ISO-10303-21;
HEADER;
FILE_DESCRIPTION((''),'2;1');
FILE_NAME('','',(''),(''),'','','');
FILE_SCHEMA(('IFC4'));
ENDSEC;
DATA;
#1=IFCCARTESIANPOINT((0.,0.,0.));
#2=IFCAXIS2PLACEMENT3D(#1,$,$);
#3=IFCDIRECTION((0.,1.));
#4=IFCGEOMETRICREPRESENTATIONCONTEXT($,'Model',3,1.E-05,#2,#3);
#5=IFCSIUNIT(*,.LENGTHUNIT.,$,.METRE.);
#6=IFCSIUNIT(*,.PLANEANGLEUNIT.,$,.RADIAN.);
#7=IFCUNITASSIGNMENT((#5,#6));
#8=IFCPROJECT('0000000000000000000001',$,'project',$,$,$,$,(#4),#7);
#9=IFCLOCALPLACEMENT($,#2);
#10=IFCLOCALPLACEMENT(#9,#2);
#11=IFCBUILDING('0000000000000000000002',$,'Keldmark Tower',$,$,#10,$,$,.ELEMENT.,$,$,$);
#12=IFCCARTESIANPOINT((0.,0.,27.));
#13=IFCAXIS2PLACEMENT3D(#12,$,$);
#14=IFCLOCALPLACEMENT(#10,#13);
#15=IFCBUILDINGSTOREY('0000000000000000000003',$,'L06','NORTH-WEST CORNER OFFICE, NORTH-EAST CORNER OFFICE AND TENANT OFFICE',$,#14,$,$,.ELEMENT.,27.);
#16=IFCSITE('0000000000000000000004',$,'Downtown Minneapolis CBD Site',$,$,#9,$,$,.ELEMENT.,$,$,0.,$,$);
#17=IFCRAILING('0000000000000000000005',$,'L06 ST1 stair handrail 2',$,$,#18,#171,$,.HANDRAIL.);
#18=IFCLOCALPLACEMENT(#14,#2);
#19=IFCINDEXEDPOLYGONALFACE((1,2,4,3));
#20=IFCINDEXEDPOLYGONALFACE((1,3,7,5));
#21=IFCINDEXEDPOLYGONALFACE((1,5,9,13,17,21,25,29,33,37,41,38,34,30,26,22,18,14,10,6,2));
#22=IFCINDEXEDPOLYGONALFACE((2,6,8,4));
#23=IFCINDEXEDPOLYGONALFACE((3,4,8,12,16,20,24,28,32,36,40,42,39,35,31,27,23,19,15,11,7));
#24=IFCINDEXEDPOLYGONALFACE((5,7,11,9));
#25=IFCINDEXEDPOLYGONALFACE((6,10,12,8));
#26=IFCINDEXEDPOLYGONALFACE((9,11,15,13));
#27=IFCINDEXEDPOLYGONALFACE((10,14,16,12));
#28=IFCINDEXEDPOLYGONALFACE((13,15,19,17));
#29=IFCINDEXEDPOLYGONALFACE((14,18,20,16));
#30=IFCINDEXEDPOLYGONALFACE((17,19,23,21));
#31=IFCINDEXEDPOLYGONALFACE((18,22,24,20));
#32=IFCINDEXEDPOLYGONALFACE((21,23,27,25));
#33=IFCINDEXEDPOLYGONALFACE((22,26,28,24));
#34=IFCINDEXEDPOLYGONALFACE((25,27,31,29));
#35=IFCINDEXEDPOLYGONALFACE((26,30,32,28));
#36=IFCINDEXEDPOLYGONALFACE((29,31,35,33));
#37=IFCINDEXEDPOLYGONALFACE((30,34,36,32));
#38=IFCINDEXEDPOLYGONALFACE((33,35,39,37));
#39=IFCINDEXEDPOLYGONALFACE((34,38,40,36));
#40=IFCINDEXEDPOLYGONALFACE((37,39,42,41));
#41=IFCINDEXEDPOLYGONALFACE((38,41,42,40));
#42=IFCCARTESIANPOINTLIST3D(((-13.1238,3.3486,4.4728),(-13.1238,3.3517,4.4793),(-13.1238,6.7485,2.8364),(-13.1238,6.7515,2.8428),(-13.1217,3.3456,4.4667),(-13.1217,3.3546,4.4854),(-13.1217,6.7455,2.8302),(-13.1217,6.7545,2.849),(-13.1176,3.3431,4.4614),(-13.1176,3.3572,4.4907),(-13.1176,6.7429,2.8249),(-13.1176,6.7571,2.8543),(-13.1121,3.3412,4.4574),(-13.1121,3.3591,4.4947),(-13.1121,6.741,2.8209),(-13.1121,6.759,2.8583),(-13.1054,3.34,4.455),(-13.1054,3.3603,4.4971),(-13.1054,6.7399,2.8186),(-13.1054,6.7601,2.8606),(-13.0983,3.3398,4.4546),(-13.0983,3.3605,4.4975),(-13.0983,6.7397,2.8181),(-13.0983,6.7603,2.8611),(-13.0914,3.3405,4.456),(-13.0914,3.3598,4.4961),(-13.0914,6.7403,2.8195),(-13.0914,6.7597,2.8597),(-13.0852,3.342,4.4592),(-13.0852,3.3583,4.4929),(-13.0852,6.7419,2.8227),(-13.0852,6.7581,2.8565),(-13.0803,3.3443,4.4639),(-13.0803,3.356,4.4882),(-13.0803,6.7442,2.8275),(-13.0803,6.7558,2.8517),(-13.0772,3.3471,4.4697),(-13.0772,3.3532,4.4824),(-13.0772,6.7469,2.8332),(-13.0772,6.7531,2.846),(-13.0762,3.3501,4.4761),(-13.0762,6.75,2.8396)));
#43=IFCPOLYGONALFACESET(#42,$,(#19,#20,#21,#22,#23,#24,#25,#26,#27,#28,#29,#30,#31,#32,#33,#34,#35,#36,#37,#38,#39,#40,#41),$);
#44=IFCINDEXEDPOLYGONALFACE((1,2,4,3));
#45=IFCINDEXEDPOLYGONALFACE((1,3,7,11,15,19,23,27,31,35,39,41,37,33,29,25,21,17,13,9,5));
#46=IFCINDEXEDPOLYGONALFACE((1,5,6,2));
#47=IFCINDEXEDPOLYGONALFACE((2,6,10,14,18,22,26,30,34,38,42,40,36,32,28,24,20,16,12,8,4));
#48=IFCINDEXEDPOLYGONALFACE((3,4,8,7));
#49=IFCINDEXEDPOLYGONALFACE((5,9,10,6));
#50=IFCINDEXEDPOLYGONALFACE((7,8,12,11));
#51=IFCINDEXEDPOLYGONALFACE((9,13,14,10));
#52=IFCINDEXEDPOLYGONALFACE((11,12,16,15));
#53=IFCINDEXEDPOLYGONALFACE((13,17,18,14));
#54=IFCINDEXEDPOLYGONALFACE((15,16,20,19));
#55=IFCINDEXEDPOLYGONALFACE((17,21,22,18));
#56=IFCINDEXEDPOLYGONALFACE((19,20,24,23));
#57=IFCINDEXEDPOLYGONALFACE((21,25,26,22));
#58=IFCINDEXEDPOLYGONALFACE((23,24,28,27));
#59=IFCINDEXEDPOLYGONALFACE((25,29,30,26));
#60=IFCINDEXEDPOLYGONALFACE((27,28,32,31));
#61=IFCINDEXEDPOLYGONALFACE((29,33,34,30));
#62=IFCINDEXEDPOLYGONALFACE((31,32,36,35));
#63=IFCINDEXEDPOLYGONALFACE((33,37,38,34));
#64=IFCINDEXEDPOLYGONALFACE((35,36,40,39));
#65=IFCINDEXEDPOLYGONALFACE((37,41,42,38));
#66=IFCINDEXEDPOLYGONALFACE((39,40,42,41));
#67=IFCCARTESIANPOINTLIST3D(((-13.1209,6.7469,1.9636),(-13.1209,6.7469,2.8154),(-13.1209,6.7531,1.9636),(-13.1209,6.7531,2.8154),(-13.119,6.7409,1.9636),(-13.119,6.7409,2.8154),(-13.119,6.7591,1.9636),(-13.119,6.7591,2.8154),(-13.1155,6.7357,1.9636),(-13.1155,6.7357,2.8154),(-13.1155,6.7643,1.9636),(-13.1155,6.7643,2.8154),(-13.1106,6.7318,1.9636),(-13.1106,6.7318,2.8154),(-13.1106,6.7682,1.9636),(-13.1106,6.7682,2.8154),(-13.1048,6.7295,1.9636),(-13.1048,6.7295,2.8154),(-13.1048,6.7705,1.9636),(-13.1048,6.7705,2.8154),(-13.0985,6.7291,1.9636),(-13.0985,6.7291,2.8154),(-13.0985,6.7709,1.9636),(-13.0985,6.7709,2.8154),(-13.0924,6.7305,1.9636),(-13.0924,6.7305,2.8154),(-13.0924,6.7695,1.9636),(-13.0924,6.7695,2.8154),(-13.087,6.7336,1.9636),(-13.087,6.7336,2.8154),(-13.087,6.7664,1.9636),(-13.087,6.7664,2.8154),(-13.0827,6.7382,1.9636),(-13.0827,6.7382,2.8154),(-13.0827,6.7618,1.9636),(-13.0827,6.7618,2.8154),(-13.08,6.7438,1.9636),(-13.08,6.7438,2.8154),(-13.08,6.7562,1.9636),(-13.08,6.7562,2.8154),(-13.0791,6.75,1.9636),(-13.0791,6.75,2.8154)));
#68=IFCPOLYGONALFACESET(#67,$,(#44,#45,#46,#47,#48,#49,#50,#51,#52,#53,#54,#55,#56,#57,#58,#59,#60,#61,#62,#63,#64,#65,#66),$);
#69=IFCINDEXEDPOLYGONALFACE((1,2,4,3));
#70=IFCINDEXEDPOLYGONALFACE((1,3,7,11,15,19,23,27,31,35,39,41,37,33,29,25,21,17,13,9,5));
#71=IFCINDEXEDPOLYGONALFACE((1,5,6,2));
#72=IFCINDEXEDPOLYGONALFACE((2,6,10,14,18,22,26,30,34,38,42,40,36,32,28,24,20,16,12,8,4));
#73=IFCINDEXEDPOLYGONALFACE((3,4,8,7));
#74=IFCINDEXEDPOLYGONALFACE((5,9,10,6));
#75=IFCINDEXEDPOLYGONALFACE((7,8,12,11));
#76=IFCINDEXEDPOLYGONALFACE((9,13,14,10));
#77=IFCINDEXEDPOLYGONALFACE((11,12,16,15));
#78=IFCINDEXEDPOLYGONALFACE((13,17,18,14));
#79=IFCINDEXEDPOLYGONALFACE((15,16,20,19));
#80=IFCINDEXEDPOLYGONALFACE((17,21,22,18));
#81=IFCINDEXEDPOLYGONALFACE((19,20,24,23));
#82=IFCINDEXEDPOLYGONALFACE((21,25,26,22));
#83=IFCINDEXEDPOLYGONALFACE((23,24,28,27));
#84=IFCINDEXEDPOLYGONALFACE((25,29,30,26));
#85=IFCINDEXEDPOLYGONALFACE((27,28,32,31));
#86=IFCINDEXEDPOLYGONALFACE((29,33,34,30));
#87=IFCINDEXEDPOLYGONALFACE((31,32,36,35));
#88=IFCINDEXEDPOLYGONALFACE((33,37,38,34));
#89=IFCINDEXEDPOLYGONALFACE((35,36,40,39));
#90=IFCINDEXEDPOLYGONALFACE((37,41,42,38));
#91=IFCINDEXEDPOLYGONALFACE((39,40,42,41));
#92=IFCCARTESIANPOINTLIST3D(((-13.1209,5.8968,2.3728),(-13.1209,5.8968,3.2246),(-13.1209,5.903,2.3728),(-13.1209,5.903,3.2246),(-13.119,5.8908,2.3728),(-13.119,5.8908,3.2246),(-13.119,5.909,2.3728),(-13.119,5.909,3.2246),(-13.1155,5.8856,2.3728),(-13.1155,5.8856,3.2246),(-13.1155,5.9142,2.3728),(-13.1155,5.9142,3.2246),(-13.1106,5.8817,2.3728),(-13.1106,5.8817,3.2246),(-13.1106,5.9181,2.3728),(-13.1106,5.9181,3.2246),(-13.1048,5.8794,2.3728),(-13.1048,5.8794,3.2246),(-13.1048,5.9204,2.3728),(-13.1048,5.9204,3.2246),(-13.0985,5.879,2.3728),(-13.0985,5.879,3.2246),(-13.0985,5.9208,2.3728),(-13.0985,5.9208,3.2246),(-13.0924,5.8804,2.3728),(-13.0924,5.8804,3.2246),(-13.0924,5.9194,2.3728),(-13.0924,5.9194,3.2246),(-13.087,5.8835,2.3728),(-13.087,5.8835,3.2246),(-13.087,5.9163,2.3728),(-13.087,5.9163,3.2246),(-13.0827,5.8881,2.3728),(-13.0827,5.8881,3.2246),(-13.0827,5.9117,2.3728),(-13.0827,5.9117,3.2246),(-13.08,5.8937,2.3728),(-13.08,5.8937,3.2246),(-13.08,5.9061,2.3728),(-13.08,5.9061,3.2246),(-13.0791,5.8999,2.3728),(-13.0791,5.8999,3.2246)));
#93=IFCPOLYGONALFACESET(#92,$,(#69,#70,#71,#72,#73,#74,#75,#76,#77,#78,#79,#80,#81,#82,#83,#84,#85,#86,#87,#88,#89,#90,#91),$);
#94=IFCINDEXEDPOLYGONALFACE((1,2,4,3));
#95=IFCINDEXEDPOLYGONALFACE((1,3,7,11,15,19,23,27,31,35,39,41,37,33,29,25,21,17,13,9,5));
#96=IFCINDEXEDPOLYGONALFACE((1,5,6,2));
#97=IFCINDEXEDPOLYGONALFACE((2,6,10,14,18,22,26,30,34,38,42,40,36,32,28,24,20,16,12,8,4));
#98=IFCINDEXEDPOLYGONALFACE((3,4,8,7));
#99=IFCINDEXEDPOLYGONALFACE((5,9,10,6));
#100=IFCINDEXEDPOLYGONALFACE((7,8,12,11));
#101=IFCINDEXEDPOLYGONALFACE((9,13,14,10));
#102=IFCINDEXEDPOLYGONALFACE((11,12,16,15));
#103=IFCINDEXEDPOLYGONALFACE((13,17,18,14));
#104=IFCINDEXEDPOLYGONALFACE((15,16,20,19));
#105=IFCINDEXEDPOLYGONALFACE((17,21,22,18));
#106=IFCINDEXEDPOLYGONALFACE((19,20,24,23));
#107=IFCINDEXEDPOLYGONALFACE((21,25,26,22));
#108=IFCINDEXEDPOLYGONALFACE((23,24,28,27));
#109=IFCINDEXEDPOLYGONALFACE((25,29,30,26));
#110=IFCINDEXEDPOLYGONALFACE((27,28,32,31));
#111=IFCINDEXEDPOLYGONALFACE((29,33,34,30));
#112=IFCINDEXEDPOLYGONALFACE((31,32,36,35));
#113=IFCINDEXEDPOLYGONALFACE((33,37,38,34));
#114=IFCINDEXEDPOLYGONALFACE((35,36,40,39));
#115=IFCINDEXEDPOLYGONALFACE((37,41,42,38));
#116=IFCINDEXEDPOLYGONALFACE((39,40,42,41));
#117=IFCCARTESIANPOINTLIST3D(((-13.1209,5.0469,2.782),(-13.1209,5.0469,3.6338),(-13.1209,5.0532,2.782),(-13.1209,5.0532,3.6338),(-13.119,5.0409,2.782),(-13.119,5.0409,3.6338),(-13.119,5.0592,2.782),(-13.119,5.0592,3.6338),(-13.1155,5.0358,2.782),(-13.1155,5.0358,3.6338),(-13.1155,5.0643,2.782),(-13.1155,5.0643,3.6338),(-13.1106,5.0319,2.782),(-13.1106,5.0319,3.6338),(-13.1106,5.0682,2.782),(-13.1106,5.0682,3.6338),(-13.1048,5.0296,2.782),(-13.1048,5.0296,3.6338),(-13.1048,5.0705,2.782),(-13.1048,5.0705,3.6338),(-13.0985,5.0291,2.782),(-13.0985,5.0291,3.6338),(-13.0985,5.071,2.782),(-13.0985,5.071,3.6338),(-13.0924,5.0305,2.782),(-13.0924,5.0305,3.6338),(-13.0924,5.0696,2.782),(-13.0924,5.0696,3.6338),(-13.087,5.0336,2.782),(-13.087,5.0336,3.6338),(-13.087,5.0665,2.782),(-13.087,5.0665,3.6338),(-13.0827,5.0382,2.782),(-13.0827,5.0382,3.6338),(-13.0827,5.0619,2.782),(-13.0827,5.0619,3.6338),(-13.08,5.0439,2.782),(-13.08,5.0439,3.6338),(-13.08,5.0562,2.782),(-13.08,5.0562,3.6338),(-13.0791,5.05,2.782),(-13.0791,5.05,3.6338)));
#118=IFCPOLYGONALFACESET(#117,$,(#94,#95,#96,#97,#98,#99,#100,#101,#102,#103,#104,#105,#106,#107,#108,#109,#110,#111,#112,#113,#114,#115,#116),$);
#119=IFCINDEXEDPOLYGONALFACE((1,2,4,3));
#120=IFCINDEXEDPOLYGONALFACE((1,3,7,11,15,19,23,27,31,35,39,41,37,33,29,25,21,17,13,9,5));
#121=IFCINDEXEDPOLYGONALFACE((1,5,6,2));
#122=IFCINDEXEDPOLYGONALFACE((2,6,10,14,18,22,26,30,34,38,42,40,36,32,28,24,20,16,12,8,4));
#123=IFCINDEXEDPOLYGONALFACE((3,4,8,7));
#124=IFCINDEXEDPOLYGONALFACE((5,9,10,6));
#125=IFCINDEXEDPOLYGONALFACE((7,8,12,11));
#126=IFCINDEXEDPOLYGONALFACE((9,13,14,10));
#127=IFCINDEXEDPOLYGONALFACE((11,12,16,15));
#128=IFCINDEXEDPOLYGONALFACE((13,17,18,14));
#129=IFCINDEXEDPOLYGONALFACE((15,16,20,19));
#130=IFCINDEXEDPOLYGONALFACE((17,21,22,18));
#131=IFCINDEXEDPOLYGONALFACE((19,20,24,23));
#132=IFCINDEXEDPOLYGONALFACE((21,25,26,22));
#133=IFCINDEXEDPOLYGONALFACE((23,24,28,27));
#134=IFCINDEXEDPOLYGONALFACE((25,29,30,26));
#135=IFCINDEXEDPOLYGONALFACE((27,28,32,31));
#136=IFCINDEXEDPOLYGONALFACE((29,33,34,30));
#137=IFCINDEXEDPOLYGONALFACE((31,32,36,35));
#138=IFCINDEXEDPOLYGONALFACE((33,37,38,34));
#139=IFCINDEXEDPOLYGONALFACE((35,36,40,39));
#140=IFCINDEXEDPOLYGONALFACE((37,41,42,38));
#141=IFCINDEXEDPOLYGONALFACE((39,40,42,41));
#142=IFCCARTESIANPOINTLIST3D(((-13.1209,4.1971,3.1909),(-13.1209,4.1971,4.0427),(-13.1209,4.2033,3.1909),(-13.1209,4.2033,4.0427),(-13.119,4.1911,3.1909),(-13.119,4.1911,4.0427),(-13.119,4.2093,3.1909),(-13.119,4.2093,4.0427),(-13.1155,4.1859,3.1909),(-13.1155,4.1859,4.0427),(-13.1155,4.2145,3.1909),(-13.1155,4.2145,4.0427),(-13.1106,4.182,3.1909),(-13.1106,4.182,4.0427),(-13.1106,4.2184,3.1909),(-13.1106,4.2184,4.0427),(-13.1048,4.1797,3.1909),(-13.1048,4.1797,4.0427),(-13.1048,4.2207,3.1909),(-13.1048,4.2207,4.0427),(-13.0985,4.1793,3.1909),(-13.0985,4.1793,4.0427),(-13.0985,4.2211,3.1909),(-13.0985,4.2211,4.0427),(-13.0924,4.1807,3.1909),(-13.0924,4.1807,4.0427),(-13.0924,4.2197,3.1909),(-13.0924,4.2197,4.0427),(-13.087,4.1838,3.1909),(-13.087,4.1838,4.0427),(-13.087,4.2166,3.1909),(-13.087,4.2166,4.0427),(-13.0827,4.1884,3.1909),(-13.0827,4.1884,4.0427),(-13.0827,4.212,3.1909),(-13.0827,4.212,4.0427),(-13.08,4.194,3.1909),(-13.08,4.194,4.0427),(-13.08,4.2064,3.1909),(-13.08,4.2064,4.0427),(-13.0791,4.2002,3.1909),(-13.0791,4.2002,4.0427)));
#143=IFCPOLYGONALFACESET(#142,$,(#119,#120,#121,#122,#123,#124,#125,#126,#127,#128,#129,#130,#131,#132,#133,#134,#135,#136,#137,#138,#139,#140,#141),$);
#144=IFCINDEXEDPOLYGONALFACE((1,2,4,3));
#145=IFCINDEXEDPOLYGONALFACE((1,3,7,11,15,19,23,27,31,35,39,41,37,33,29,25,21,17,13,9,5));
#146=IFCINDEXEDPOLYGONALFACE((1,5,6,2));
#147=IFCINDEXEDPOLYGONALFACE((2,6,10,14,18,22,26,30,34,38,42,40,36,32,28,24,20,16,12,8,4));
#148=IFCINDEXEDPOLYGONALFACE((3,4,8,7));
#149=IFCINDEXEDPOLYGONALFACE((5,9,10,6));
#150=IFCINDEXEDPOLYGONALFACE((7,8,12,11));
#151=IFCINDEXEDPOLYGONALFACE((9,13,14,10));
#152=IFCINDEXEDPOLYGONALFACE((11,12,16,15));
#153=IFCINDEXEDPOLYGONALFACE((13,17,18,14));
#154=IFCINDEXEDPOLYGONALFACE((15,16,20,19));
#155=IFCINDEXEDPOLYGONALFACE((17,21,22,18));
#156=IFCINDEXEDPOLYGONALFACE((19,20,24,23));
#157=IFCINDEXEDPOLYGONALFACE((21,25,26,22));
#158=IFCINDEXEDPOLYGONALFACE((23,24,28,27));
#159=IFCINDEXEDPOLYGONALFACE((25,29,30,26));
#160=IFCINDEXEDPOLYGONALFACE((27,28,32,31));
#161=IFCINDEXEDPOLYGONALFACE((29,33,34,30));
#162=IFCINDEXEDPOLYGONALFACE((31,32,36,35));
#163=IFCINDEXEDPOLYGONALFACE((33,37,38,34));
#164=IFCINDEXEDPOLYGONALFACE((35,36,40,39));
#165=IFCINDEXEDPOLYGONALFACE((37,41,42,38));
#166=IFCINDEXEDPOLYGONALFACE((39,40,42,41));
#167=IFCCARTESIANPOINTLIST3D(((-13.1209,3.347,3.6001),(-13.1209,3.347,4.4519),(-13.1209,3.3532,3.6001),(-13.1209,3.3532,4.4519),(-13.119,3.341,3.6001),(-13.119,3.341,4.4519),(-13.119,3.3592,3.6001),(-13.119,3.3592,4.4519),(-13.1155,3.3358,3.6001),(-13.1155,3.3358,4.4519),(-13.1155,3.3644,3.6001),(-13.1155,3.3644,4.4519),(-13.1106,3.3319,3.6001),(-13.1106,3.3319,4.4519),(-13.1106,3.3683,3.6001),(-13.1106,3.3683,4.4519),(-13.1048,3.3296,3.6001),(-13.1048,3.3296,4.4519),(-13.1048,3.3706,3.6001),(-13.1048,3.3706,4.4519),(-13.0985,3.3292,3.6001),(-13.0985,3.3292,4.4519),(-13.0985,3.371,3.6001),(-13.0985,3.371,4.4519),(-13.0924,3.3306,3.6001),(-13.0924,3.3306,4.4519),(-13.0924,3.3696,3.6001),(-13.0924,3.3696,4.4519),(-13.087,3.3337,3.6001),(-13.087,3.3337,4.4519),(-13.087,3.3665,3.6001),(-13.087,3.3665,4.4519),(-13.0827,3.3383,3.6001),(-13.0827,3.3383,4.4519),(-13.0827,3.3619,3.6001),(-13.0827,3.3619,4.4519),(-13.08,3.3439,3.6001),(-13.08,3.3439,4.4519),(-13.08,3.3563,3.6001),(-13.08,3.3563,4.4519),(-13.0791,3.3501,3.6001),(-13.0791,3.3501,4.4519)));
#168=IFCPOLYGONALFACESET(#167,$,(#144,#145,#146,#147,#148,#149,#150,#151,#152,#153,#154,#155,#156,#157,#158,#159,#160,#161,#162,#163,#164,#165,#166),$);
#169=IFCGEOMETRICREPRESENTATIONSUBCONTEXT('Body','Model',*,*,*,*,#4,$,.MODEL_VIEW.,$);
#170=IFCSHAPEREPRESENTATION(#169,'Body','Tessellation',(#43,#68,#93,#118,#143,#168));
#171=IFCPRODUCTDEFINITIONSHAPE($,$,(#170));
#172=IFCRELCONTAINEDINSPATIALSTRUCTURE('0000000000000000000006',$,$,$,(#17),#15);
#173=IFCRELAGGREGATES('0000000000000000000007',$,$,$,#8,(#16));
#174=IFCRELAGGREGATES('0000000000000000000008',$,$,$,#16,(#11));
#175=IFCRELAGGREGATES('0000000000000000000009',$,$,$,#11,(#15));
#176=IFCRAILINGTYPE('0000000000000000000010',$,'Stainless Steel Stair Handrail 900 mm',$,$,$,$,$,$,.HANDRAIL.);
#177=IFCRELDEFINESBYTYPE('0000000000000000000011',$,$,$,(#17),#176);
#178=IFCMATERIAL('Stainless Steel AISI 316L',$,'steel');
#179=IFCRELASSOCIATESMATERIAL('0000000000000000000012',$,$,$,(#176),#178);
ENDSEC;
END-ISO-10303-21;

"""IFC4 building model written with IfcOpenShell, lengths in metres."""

from ifc_helpers import new_model, si_unit, direction, frame, origin, origin_2d, place, context, subcontext, project, spatial, circle, extrude, material, type_object, element, save


model = new_model("IFC4")

# Units and contexts
model_context = context("Model", 3, precision=1e-05, world=origin(), true_north=direction((0.0, 1.0)))
body_context = subcontext(model_context, "Body", "Model", "MODEL_VIEW")
ifc_project = project(units=[si_unit("LENGTHUNIT", "METRE"), si_unit("PLANEANGLEUNIT", "RADIAN")], contexts=[model_context])

# Site, building, storey
site_placement = place(None, origin())
site = spatial("IfcSite", under=ifc_project, at=site_placement, Name="Downtown Minneapolis CBD Site", CompositionType="ELEMENT", RefElevation=0.0)
building_placement = place(site_placement, origin())
building = spatial("IfcBuilding", under=site, at=building_placement, Name="Keldmark Tower", CompositionType="ELEMENT")
storey_placement = place(building_placement, frame((0.0, 0.0, 27.0)))
storey = spatial("IfcBuildingStorey", under=building, at=storey_placement, Name="L06", Description="NORTH-WEST CORNER OFFICE, NORTH-EAST CORNER OFFICE AND TENANT OFFICE", CompositionType="ELEMENT", Elevation=27.0)

# Railing
ifc_material_1 = material(Name="Stainless Steel AISI 316L", Category="steel")
railing_type_1 = type_object("IfcRailingType", Name="Stainless Steel Stair Handrail 900 mm", PredefinedType="HANDRAIL", material=ifc_material_1)
railing_1_placement = place(storey_placement, frame((-13.1001, 6.75, 1.9636)))
element("IfcRailing", 1, at=railing_1_placement, inside=storey, type_object=railing_type_1, Name="L06 ST1 stair handrail 2", PredefinedType="HANDRAIL", context=body_context, shape_type="SweptSolid", body=[
    extrude(circle(Radius=0.0239, at=origin_2d()), frame((0.0, 0.0, 0.876), z_axis=(0.0, -0.901055, 0.433705), x_axis=(1.0, 0.0, 0.0)), (0.0, 0.0, 1.0), 3.7732),
    extrude(circle(Radius=0.021, at=origin_2d()), origin(), (0.0, 0.0, 1.0), 0.8518),
    extrude(circle(Radius=0.021, at=origin_2d()), frame((0.0, -0.8501, 0.4092)), (0.0, 0.0, 1.0), 0.8518),
    extrude(circle(Radius=0.021, at=origin_2d()), frame((0.0, -1.7, 0.8184)), (0.0, 0.0, 1.0), 0.8518),
    extrude(circle(Radius=0.021, at=origin_2d()), frame((0.0, -2.5498, 1.2273)), (0.0, 0.0, 1.0), 0.8518),
    extrude(circle(Radius=0.021, at=origin_2d()), frame((0.0, -3.3999, 1.6365)), (0.0, 0.0, 1.0), 0.8518),
])

save(model, "model.ifc")
